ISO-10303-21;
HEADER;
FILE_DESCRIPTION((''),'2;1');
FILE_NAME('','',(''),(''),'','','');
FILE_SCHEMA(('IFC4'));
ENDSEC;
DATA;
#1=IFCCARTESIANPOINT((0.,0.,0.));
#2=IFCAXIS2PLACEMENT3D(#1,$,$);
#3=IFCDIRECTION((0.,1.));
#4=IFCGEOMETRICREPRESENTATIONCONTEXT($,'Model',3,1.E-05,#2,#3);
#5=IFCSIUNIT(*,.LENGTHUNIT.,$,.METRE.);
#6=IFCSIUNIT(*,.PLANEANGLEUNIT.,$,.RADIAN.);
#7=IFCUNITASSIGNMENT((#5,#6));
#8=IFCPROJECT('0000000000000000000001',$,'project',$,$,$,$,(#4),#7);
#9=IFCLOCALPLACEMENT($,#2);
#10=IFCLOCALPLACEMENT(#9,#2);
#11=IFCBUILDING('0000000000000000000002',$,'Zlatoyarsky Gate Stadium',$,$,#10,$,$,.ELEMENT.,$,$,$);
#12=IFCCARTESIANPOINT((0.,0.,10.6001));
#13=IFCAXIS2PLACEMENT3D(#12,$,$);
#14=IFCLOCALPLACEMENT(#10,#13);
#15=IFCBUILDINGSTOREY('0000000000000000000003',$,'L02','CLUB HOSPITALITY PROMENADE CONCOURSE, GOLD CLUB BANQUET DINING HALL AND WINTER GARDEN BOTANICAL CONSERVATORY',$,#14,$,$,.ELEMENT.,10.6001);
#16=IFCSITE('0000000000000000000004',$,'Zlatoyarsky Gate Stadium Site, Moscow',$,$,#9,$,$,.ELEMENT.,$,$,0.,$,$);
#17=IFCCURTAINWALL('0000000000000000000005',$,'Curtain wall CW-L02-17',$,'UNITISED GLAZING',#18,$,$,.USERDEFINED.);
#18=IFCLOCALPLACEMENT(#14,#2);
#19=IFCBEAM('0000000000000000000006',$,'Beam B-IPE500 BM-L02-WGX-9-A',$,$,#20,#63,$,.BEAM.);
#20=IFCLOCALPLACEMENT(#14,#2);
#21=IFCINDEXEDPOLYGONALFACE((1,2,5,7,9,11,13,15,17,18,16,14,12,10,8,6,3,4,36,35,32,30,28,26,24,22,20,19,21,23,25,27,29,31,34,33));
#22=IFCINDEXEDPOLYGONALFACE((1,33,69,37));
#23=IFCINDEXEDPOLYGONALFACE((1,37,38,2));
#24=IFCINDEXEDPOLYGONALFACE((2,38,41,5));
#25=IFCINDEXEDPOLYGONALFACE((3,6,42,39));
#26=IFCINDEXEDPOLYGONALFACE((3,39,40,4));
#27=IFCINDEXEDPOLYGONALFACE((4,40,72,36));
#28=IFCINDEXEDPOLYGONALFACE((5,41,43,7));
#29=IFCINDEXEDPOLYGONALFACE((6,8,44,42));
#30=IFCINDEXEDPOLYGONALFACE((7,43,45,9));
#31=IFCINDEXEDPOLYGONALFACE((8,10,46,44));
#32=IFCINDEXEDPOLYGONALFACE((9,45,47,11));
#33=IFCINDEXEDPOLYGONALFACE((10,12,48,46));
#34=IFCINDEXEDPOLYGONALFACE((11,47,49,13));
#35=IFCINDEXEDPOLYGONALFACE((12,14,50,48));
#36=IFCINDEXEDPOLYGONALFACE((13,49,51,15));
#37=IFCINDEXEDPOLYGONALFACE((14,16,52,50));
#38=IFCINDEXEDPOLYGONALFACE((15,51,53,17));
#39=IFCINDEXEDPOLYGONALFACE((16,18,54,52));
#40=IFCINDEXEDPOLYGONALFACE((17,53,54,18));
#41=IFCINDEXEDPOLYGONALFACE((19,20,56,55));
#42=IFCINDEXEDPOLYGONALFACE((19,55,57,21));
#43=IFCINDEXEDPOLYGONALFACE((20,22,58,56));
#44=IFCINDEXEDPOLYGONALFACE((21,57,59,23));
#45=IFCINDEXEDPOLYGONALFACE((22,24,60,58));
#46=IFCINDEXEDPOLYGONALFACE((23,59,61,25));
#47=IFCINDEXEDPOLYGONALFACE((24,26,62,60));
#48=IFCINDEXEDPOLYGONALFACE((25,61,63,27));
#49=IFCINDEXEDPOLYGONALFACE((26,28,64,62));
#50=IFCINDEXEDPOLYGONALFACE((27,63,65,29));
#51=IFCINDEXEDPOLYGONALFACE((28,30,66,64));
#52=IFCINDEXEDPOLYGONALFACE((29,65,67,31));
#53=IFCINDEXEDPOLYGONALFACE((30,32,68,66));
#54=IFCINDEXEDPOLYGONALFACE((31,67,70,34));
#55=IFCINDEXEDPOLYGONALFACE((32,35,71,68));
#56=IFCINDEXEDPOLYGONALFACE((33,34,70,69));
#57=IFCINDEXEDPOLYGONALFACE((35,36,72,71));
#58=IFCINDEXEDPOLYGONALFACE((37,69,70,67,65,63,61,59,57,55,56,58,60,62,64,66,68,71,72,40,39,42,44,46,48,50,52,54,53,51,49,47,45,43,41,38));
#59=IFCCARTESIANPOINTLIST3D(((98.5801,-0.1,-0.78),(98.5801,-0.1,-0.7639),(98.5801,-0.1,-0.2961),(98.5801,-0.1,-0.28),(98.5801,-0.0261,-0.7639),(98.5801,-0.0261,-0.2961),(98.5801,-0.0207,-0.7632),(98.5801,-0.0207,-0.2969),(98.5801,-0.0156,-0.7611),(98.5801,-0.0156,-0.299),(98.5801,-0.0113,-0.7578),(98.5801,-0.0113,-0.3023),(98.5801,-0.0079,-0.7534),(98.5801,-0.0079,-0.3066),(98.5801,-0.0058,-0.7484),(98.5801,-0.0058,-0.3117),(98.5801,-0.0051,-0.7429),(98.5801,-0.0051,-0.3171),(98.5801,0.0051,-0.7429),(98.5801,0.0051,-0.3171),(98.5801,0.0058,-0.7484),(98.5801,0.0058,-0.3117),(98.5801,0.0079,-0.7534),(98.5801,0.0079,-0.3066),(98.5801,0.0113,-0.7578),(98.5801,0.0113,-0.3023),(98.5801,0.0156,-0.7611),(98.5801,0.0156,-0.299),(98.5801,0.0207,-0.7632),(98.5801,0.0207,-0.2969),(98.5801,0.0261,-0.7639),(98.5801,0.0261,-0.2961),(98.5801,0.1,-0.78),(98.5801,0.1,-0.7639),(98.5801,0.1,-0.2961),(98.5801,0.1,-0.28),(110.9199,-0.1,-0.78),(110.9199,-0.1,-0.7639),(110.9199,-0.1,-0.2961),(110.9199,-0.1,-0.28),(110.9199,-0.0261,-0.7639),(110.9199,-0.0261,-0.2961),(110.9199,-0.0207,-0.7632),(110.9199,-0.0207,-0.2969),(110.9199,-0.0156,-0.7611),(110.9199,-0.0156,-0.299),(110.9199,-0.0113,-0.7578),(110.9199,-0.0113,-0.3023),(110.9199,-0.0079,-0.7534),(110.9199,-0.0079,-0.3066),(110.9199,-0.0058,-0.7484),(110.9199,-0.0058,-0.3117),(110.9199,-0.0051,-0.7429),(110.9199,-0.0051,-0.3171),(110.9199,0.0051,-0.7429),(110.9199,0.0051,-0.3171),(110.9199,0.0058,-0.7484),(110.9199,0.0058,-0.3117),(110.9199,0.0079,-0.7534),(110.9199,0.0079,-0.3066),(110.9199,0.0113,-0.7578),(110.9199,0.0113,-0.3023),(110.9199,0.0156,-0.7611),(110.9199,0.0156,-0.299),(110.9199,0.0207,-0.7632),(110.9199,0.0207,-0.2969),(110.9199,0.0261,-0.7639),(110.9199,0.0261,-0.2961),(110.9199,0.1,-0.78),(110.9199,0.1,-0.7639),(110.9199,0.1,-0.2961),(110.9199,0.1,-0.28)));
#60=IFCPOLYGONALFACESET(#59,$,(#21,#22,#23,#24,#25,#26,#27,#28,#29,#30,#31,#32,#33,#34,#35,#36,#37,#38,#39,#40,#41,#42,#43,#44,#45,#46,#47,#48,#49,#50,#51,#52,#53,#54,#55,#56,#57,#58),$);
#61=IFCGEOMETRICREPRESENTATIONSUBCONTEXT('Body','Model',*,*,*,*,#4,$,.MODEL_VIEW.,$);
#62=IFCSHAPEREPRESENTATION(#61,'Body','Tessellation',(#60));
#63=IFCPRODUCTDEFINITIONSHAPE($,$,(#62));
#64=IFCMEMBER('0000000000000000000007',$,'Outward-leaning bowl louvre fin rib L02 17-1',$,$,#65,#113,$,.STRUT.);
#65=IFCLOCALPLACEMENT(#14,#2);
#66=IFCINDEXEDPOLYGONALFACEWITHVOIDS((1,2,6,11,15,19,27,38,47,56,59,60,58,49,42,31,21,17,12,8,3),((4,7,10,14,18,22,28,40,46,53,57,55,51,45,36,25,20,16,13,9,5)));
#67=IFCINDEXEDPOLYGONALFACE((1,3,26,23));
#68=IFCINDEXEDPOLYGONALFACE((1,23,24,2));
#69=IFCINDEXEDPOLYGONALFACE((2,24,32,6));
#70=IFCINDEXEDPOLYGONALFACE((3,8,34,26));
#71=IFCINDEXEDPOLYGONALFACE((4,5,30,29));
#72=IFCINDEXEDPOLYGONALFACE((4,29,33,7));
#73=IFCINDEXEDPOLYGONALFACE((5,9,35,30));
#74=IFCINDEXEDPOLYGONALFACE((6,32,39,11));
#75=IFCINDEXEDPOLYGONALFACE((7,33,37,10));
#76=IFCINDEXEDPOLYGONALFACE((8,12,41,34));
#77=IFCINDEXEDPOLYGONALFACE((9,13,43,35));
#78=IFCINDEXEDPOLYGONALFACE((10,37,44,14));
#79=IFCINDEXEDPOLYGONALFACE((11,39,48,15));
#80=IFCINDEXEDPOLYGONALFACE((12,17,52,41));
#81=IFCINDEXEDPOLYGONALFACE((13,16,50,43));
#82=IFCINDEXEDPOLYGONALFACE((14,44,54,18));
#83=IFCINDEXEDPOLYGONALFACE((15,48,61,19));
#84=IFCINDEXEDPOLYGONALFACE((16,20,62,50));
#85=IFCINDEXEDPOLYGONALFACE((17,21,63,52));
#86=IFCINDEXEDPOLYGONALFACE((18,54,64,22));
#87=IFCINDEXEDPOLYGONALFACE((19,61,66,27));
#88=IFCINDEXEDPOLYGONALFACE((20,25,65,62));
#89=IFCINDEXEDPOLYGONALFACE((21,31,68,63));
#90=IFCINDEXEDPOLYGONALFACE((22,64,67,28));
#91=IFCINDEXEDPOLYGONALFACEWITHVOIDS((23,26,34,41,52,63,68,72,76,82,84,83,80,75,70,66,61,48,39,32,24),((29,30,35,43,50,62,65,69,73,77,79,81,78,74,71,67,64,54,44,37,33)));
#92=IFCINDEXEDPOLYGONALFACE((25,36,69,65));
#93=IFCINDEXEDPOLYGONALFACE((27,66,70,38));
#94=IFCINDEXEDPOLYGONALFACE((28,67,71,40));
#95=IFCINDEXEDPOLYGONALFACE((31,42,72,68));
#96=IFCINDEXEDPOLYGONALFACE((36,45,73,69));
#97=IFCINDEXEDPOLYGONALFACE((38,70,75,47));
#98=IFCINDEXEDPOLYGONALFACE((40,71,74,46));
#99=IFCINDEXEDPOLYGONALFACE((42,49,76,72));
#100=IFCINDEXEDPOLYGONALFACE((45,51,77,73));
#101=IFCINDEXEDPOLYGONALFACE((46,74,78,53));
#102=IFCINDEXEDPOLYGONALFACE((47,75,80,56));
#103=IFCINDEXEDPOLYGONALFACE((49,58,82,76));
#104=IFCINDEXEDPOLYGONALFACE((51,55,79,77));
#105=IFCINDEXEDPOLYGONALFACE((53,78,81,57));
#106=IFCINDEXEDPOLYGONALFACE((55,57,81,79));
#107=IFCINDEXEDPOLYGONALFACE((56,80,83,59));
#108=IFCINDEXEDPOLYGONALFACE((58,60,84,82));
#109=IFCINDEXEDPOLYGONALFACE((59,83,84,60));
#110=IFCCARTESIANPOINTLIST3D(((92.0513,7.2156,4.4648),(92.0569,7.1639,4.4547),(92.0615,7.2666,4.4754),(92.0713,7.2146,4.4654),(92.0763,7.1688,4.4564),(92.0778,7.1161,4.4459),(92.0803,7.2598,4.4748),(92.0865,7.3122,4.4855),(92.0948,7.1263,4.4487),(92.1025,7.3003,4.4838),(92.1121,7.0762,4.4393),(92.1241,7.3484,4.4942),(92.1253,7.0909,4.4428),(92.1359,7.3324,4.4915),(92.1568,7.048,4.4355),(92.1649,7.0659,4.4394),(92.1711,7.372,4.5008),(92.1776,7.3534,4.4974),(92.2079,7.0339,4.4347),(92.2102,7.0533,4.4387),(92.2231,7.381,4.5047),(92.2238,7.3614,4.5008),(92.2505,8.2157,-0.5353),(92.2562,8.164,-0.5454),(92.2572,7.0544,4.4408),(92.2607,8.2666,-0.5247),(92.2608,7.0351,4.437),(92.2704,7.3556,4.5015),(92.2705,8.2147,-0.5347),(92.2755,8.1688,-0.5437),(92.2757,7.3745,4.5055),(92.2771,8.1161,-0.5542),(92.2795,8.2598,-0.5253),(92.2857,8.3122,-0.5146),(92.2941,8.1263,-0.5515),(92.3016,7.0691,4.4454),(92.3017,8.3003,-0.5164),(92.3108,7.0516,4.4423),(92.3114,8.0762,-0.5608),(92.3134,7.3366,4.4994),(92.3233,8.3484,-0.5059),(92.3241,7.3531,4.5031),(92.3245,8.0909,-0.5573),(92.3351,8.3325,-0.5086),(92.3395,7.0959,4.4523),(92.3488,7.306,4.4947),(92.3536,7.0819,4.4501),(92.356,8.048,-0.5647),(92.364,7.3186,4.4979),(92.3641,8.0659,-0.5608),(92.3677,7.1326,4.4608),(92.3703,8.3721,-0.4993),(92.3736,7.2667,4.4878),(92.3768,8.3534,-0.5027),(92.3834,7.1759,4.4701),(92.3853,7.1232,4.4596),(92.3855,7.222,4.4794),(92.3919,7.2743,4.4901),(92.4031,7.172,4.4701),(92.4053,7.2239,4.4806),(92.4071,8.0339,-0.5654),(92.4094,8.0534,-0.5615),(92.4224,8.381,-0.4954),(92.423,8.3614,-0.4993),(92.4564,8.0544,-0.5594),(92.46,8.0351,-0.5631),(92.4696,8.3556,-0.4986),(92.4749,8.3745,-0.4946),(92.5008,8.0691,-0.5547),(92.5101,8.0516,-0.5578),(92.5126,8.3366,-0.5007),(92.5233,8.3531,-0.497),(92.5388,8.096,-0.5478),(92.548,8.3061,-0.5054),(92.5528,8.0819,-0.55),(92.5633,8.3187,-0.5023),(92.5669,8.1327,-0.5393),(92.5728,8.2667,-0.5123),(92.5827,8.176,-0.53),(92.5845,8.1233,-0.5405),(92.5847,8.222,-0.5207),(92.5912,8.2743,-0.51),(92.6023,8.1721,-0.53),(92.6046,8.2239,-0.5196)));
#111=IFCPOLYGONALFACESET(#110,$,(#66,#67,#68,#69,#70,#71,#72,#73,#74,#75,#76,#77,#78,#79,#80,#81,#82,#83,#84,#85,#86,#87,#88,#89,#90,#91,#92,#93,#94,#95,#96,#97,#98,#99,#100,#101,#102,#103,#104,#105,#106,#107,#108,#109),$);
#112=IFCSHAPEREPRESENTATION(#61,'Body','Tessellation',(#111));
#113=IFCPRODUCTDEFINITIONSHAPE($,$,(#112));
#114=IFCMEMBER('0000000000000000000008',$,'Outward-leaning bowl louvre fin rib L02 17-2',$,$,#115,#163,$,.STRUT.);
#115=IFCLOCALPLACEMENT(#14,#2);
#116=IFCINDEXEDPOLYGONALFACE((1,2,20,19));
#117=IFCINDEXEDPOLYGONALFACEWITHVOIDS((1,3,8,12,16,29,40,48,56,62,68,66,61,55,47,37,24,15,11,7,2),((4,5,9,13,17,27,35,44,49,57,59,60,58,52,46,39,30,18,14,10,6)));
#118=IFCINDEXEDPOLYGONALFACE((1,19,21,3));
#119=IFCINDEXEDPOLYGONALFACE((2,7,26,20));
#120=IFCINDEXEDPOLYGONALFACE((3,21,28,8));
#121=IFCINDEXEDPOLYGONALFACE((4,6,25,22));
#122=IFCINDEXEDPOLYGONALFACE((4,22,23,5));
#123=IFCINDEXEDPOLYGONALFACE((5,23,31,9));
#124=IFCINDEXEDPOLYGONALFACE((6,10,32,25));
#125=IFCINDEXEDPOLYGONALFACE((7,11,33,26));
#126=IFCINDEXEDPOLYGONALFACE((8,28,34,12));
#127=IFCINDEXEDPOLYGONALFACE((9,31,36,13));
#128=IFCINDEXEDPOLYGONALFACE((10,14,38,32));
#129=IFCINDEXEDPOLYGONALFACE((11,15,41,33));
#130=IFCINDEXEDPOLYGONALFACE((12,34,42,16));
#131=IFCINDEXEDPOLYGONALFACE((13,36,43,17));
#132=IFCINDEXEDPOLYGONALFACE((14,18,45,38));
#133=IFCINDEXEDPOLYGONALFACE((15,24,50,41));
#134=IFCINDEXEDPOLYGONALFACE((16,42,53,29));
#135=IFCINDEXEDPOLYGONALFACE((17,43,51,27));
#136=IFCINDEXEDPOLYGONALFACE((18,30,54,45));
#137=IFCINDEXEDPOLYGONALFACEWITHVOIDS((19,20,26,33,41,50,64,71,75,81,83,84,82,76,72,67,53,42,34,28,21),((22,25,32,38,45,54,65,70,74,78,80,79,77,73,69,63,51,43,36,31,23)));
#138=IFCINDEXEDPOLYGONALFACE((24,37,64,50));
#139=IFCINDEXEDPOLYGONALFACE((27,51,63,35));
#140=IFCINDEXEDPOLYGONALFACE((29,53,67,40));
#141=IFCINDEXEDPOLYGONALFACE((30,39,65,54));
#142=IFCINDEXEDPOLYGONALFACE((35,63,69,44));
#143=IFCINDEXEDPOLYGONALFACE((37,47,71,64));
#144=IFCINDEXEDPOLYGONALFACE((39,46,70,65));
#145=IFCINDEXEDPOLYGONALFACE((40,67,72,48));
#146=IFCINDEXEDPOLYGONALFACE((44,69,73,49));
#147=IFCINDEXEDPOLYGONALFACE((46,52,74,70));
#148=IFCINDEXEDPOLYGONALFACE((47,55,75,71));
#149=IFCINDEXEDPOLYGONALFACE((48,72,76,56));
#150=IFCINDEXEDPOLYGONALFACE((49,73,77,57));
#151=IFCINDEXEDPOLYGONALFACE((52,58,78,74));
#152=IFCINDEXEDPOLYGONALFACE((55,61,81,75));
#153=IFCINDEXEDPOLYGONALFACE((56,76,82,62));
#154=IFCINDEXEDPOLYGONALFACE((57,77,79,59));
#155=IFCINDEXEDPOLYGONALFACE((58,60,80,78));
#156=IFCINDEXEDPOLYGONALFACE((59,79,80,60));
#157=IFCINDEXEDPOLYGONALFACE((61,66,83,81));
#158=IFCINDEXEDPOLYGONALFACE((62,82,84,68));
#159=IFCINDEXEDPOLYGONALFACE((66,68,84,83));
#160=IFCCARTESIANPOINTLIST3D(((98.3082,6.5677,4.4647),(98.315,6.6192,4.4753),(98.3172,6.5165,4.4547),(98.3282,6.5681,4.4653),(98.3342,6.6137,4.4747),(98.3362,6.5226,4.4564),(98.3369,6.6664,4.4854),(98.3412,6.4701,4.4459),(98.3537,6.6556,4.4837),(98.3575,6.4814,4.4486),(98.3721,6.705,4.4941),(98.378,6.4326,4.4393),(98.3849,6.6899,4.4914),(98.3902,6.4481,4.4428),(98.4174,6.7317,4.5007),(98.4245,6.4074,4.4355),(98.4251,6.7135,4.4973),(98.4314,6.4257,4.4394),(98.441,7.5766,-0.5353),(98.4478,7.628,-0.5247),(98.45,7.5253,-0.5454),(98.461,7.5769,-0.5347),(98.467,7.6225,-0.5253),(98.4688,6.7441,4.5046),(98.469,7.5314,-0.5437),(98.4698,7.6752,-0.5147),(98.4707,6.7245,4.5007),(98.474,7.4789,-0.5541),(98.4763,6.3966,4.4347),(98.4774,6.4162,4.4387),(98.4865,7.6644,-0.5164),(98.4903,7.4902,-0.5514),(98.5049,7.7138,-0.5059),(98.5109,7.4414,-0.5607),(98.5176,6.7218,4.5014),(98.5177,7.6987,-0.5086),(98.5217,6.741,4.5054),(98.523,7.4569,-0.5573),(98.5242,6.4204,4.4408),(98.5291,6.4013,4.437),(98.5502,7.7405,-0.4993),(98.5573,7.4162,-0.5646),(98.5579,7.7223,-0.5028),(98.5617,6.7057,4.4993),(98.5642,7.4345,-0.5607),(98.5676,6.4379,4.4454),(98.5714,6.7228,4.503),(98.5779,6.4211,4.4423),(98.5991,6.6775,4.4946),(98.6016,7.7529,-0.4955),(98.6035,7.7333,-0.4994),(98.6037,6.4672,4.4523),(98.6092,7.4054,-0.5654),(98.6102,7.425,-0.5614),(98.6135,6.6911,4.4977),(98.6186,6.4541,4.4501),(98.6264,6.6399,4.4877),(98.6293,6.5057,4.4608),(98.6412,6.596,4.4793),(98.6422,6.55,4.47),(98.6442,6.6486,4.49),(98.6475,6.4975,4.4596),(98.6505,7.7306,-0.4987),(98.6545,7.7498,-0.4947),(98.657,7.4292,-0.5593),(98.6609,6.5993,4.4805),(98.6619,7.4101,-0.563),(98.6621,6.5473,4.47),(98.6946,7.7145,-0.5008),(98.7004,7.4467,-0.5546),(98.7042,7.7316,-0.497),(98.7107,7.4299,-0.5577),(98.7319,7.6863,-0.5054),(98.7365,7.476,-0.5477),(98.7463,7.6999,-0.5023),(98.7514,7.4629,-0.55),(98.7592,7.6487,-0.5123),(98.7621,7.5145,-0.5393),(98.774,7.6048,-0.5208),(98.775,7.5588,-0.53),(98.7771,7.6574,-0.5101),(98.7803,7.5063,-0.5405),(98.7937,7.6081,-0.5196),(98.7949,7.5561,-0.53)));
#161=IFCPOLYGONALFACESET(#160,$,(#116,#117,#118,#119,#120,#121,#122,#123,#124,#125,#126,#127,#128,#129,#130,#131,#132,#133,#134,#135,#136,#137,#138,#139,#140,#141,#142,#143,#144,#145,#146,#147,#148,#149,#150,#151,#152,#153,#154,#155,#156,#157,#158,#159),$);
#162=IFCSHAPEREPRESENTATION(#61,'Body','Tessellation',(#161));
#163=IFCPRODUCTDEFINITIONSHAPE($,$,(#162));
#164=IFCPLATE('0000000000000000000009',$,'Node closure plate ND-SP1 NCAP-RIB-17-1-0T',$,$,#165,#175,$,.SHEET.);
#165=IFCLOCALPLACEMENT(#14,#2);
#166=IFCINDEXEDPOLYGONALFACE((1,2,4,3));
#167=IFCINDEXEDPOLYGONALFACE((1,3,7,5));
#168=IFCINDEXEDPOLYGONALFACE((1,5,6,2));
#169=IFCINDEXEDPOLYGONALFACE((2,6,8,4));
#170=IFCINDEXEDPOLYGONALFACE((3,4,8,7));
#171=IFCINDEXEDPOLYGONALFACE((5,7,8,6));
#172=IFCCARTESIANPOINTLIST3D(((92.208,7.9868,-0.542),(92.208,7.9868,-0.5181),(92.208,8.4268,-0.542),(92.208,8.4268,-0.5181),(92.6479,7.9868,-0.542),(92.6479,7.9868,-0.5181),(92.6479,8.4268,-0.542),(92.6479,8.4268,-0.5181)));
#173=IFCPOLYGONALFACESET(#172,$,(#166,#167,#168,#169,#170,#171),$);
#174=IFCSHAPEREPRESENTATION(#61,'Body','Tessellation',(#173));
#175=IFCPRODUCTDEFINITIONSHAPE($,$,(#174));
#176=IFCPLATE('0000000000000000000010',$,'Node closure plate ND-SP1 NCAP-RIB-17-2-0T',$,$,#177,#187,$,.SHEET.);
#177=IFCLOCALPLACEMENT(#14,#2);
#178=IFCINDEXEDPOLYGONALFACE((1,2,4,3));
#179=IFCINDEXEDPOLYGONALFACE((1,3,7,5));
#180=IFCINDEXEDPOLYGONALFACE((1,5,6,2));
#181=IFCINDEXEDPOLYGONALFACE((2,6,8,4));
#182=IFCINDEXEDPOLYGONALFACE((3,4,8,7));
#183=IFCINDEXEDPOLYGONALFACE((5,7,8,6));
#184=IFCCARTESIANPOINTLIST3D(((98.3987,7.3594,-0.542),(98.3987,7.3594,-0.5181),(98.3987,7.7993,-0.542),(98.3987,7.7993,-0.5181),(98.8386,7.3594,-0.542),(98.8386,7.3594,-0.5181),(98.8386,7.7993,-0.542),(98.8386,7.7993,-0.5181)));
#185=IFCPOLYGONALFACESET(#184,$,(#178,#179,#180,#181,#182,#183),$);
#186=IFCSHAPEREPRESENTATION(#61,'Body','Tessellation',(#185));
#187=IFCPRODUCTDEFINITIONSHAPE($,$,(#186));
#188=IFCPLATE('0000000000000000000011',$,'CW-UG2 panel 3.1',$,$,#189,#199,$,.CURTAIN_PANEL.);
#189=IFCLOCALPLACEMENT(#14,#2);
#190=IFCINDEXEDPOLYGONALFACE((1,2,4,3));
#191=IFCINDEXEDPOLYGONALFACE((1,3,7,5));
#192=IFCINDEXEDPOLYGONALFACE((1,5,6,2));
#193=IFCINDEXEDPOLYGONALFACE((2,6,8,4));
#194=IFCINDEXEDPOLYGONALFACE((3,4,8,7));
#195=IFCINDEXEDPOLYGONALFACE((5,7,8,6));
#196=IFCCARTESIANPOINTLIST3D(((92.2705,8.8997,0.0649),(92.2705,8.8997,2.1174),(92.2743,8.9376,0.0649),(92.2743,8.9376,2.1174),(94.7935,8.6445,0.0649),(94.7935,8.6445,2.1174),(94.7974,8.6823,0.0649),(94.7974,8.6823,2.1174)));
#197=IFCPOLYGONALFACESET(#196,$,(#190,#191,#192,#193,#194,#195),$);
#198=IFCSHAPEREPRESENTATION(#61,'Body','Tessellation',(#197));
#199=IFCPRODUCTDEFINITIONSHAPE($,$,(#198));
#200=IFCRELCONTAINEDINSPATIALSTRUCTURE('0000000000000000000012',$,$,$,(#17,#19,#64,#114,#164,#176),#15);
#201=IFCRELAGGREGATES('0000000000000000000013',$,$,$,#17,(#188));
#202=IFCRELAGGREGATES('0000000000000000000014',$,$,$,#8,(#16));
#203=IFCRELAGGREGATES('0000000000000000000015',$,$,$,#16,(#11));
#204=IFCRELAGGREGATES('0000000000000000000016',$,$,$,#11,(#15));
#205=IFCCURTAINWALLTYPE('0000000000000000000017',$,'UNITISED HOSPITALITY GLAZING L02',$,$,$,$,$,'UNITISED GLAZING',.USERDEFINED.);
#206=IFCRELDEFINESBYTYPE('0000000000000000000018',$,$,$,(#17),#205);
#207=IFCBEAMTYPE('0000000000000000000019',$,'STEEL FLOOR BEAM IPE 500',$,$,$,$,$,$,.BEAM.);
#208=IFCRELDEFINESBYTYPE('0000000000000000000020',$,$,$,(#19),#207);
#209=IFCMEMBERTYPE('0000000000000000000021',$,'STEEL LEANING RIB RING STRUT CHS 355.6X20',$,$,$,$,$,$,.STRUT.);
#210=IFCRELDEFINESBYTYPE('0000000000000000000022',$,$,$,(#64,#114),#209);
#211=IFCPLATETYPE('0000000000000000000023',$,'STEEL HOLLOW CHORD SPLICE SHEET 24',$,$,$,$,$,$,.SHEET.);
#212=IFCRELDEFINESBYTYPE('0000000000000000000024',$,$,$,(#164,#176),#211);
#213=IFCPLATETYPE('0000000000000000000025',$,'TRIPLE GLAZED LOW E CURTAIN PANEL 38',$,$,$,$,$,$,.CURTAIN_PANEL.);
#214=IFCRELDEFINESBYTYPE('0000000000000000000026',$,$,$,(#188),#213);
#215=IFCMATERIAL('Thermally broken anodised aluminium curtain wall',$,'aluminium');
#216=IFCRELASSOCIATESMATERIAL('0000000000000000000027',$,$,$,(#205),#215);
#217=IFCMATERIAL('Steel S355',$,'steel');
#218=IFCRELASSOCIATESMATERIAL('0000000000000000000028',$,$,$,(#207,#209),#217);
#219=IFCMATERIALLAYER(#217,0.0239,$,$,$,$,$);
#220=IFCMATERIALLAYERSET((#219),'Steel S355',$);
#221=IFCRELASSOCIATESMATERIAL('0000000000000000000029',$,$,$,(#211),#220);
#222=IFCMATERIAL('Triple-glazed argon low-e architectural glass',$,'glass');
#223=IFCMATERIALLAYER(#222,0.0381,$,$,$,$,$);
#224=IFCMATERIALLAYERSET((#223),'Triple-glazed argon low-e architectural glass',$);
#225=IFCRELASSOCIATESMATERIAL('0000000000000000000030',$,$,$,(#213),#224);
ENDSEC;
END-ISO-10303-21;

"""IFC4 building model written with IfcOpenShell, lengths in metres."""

from ifc_helpers import new_model, si_unit, direction, frame, origin, origin_2d, place, context, subcontext, project, spatial, rectangle, hollow_circle, i_section, extrude, material, layer, layer_set, material_profile, profile_set, type_object, element, aggregate, save


model = new_model("IFC4")

# Units and contexts
model_context = context("Model", 3, precision=1e-05, world=origin(), true_north=direction((0.0, 1.0)))
body_context = subcontext(model_context, "Body", "Model", "MODEL_VIEW")
ifc_project = project(units=[si_unit("LENGTHUNIT", "METRE"), si_unit("PLANEANGLEUNIT", "RADIAN")], contexts=[model_context])

# Site, building, storey
site_placement = place(None, origin())
site = spatial("IfcSite", under=ifc_project, at=site_placement, Name="Zlatoyarsky Gate Stadium Site, Moscow", CompositionType="ELEMENT", RefElevation=0.0)
building_placement = place(site_placement, origin())
building = spatial("IfcBuilding", under=site, at=building_placement, Name="Zlatoyarsky Gate Stadium", CompositionType="ELEMENT")
storey_placement = place(building_placement, frame((0.0, 0.0, 10.6001)))
storey = spatial("IfcBuildingStorey", under=building, at=storey_placement, Name="L02", Description="CLUB HOSPITALITY PROMENADE CONCOURSE, GOLD CLUB BANQUET DINING HALL AND WINTER GARDEN BOTANICAL CONSERVATORY", CompositionType="ELEMENT", Elevation=10.6001)

# Shared definitions
ifc_material_1 = material(Name="Steel S355", Category="steel")

# Curtain wall
ifc_material_2 = material(Name="Thermally broken anodised aluminium curtain wall", Category="aluminium")
curtain_wall_type = type_object("IfcCurtainWallType", Name="UNITISED HOSPITALITY GLAZING L02", ElementType="UNITISED GLAZING", PredefinedType="USERDEFINED", material=ifc_material_2)
curtain_wall_placement = place(storey_placement, origin())
curtain_wall = element("IfcCurtainWall", 1, at=curtain_wall_placement, inside=storey, type_object=curtain_wall_type, Name="Curtain wall CW-L02-17", ObjectType="UNITISED GLAZING", PredefinedType="USERDEFINED")

# Beam
ifc_material_profile_1 = material_profile(ifc_material_1, i_section(OverallWidth=0.2, OverallDepth=0.5, WebThickness=0.0103, FlangeThickness=0.0161, FilletRadius=0.021, at=origin_2d()), Name="IPE 500")
ifc_profile_set_1 = profile_set([ifc_material_profile_1], Name="Steel S355")
beam_type = type_object("IfcBeamType", Name="STEEL FLOOR BEAM IPE 500", PredefinedType="BEAM", material=ifc_profile_set_1)
beam_placement = place(storey_placement, frame((98.5801, 0.0, -0.53), z_axis=(1.0, 0.0, 0.0), x_axis=(0.0, 1.0, 0.0)))
element("IfcBeam", 2, at=beam_placement, inside=storey, type_object=beam_type, Name="Beam B-IPE500 BM-L02-WGX-9-A", PredefinedType="BEAM", context=body_context, shape_type="SweptSolid", body=[
    extrude(i_section(OverallWidth=0.2, OverallDepth=0.5, WebThickness=0.0103, FlangeThickness=0.0161, FilletRadius=0.021, at=origin_2d()), origin(), (0.0, 0.0, 1.0), 12.3398),
])

# Members
ifc_material_profile_2 = material_profile(ifc_material_1, hollow_circle(Radius=0.1777, WallThickness=0.02, at=origin_2d()), Name="CHS 355.6X20")
ifc_profile_set_2 = profile_set([ifc_material_profile_2], Name="Steel S355")
member_type_1 = type_object("IfcMemberType", Name="STEEL LEANING RIB RING STRUT CHS 355.6X20", PredefinedType="STRUT", material=ifc_profile_set_2)
member_1_placement = place(storey_placement, frame((92.428, 8.2068, -0.53), z_axis=(-0.03904, -0.195967, 0.979833), x_axis=(0.980728, -0.195379, 0.0)))
element("IfcMember", 3, at=member_1_placement, inside=storey, type_object=member_type_1, Name="Outward-leaning bowl louvre fin rib L02 17-1", PredefinedType="STRUT", context=body_context, shape_type="SweptSolid", body=[
    extrude(hollow_circle(Radius=0.1777, WallThickness=0.02, at=origin_2d()), origin(), (0.0, 0.0, 1.0), 5.103),
])
member_2_placement = place(storey_placement, frame((98.6187, 7.5793, -0.53), z_axis=(-0.026029, -0.197706, 0.979916), x_axis=(0.991444, -0.130529, 0.0)))
element("IfcMember", 4, at=member_2_placement, inside=storey, type_object=member_type_1, Name="Outward-leaning bowl louvre fin rib L02 17-2", PredefinedType="STRUT", context=body_context, shape_type="SweptSolid", body=[
    extrude(hollow_circle(Radius=0.1777, WallThickness=0.02, at=origin_2d()), origin(), (0.0, 0.0, 1.0), 5.1025),
])

# Plates
ifc_layer_1 = layer(ifc_material_1, 0.0239)
ifc_layer_set_1 = layer_set([ifc_layer_1], Name="Steel S355")
plate_type_1 = type_object("IfcPlateType", Name="STEEL HOLLOW CHORD SPLICE SHEET 24", PredefinedType="SHEET", material=ifc_layer_set_1)
for number, where, z_axis, x_axis, name in (
    (5, (92.428, 8.2068, -0.542), (0.0, 0.0, 1.0), (1.0, 0.0, 0.0), "Node closure plate ND-SP1 NCAP-RIB-17-1-0T"),
    (6, (98.6187, 7.5793, -0.542), (0.0, 0.0, 1.0), (1.0, 0.0, 0.0), "Node closure plate ND-SP1 NCAP-RIB-17-2-0T"),
):
    element("IfcPlate", number, at=place(storey_placement, frame(where, z_axis=z_axis, x_axis=x_axis)), inside=storey, type_object=plate_type_1, Name=name, PredefinedType="SHEET", context=body_context, shape_type="SweptSolid", body=[
        extrude(rectangle(XDim=0.4399, YDim=0.4399, at=origin_2d()), origin(), (0.0, 0.0, 1.0), 0.0239),
    ])

# Plate
ifc_material_3 = material(Name="Triple-glazed argon low-e architectural glass", Category="glass")
ifc_layer_2 = layer(ifc_material_3, 0.0381)
ifc_layer_set_2 = layer_set([ifc_layer_2], Name="Triple-glazed argon low-e architectural glass")
plate_type_2 = type_object("IfcPlateType", Name="TRIPLE GLAZED LOW E CURTAIN PANEL 38", PredefinedType="CURTAIN_PANEL", material=ifc_layer_set_2)
plate_1_placement = place(storey_placement, frame((93.5339, 8.791, 0.0649), z_axis=(0.0, 0.0, 1.0), x_axis=(0.994922, -0.100645, 0.0)))
plate_1 = element("IfcPlate", 7, at=plate_1_placement, type_object=plate_type_2, Name="CW-UG2 panel 3.1", PredefinedType="CURTAIN_PANEL", context=body_context, shape_type="SweptSolid", body=[
    extrude(rectangle(XDim=2.5359, YDim=0.0381, at=origin_2d()), origin(), (0.0, 0.0, 1.0), 2.0525),
])
aggregate(curtain_wall, [plate_1])

save(model, "model.ifc")
